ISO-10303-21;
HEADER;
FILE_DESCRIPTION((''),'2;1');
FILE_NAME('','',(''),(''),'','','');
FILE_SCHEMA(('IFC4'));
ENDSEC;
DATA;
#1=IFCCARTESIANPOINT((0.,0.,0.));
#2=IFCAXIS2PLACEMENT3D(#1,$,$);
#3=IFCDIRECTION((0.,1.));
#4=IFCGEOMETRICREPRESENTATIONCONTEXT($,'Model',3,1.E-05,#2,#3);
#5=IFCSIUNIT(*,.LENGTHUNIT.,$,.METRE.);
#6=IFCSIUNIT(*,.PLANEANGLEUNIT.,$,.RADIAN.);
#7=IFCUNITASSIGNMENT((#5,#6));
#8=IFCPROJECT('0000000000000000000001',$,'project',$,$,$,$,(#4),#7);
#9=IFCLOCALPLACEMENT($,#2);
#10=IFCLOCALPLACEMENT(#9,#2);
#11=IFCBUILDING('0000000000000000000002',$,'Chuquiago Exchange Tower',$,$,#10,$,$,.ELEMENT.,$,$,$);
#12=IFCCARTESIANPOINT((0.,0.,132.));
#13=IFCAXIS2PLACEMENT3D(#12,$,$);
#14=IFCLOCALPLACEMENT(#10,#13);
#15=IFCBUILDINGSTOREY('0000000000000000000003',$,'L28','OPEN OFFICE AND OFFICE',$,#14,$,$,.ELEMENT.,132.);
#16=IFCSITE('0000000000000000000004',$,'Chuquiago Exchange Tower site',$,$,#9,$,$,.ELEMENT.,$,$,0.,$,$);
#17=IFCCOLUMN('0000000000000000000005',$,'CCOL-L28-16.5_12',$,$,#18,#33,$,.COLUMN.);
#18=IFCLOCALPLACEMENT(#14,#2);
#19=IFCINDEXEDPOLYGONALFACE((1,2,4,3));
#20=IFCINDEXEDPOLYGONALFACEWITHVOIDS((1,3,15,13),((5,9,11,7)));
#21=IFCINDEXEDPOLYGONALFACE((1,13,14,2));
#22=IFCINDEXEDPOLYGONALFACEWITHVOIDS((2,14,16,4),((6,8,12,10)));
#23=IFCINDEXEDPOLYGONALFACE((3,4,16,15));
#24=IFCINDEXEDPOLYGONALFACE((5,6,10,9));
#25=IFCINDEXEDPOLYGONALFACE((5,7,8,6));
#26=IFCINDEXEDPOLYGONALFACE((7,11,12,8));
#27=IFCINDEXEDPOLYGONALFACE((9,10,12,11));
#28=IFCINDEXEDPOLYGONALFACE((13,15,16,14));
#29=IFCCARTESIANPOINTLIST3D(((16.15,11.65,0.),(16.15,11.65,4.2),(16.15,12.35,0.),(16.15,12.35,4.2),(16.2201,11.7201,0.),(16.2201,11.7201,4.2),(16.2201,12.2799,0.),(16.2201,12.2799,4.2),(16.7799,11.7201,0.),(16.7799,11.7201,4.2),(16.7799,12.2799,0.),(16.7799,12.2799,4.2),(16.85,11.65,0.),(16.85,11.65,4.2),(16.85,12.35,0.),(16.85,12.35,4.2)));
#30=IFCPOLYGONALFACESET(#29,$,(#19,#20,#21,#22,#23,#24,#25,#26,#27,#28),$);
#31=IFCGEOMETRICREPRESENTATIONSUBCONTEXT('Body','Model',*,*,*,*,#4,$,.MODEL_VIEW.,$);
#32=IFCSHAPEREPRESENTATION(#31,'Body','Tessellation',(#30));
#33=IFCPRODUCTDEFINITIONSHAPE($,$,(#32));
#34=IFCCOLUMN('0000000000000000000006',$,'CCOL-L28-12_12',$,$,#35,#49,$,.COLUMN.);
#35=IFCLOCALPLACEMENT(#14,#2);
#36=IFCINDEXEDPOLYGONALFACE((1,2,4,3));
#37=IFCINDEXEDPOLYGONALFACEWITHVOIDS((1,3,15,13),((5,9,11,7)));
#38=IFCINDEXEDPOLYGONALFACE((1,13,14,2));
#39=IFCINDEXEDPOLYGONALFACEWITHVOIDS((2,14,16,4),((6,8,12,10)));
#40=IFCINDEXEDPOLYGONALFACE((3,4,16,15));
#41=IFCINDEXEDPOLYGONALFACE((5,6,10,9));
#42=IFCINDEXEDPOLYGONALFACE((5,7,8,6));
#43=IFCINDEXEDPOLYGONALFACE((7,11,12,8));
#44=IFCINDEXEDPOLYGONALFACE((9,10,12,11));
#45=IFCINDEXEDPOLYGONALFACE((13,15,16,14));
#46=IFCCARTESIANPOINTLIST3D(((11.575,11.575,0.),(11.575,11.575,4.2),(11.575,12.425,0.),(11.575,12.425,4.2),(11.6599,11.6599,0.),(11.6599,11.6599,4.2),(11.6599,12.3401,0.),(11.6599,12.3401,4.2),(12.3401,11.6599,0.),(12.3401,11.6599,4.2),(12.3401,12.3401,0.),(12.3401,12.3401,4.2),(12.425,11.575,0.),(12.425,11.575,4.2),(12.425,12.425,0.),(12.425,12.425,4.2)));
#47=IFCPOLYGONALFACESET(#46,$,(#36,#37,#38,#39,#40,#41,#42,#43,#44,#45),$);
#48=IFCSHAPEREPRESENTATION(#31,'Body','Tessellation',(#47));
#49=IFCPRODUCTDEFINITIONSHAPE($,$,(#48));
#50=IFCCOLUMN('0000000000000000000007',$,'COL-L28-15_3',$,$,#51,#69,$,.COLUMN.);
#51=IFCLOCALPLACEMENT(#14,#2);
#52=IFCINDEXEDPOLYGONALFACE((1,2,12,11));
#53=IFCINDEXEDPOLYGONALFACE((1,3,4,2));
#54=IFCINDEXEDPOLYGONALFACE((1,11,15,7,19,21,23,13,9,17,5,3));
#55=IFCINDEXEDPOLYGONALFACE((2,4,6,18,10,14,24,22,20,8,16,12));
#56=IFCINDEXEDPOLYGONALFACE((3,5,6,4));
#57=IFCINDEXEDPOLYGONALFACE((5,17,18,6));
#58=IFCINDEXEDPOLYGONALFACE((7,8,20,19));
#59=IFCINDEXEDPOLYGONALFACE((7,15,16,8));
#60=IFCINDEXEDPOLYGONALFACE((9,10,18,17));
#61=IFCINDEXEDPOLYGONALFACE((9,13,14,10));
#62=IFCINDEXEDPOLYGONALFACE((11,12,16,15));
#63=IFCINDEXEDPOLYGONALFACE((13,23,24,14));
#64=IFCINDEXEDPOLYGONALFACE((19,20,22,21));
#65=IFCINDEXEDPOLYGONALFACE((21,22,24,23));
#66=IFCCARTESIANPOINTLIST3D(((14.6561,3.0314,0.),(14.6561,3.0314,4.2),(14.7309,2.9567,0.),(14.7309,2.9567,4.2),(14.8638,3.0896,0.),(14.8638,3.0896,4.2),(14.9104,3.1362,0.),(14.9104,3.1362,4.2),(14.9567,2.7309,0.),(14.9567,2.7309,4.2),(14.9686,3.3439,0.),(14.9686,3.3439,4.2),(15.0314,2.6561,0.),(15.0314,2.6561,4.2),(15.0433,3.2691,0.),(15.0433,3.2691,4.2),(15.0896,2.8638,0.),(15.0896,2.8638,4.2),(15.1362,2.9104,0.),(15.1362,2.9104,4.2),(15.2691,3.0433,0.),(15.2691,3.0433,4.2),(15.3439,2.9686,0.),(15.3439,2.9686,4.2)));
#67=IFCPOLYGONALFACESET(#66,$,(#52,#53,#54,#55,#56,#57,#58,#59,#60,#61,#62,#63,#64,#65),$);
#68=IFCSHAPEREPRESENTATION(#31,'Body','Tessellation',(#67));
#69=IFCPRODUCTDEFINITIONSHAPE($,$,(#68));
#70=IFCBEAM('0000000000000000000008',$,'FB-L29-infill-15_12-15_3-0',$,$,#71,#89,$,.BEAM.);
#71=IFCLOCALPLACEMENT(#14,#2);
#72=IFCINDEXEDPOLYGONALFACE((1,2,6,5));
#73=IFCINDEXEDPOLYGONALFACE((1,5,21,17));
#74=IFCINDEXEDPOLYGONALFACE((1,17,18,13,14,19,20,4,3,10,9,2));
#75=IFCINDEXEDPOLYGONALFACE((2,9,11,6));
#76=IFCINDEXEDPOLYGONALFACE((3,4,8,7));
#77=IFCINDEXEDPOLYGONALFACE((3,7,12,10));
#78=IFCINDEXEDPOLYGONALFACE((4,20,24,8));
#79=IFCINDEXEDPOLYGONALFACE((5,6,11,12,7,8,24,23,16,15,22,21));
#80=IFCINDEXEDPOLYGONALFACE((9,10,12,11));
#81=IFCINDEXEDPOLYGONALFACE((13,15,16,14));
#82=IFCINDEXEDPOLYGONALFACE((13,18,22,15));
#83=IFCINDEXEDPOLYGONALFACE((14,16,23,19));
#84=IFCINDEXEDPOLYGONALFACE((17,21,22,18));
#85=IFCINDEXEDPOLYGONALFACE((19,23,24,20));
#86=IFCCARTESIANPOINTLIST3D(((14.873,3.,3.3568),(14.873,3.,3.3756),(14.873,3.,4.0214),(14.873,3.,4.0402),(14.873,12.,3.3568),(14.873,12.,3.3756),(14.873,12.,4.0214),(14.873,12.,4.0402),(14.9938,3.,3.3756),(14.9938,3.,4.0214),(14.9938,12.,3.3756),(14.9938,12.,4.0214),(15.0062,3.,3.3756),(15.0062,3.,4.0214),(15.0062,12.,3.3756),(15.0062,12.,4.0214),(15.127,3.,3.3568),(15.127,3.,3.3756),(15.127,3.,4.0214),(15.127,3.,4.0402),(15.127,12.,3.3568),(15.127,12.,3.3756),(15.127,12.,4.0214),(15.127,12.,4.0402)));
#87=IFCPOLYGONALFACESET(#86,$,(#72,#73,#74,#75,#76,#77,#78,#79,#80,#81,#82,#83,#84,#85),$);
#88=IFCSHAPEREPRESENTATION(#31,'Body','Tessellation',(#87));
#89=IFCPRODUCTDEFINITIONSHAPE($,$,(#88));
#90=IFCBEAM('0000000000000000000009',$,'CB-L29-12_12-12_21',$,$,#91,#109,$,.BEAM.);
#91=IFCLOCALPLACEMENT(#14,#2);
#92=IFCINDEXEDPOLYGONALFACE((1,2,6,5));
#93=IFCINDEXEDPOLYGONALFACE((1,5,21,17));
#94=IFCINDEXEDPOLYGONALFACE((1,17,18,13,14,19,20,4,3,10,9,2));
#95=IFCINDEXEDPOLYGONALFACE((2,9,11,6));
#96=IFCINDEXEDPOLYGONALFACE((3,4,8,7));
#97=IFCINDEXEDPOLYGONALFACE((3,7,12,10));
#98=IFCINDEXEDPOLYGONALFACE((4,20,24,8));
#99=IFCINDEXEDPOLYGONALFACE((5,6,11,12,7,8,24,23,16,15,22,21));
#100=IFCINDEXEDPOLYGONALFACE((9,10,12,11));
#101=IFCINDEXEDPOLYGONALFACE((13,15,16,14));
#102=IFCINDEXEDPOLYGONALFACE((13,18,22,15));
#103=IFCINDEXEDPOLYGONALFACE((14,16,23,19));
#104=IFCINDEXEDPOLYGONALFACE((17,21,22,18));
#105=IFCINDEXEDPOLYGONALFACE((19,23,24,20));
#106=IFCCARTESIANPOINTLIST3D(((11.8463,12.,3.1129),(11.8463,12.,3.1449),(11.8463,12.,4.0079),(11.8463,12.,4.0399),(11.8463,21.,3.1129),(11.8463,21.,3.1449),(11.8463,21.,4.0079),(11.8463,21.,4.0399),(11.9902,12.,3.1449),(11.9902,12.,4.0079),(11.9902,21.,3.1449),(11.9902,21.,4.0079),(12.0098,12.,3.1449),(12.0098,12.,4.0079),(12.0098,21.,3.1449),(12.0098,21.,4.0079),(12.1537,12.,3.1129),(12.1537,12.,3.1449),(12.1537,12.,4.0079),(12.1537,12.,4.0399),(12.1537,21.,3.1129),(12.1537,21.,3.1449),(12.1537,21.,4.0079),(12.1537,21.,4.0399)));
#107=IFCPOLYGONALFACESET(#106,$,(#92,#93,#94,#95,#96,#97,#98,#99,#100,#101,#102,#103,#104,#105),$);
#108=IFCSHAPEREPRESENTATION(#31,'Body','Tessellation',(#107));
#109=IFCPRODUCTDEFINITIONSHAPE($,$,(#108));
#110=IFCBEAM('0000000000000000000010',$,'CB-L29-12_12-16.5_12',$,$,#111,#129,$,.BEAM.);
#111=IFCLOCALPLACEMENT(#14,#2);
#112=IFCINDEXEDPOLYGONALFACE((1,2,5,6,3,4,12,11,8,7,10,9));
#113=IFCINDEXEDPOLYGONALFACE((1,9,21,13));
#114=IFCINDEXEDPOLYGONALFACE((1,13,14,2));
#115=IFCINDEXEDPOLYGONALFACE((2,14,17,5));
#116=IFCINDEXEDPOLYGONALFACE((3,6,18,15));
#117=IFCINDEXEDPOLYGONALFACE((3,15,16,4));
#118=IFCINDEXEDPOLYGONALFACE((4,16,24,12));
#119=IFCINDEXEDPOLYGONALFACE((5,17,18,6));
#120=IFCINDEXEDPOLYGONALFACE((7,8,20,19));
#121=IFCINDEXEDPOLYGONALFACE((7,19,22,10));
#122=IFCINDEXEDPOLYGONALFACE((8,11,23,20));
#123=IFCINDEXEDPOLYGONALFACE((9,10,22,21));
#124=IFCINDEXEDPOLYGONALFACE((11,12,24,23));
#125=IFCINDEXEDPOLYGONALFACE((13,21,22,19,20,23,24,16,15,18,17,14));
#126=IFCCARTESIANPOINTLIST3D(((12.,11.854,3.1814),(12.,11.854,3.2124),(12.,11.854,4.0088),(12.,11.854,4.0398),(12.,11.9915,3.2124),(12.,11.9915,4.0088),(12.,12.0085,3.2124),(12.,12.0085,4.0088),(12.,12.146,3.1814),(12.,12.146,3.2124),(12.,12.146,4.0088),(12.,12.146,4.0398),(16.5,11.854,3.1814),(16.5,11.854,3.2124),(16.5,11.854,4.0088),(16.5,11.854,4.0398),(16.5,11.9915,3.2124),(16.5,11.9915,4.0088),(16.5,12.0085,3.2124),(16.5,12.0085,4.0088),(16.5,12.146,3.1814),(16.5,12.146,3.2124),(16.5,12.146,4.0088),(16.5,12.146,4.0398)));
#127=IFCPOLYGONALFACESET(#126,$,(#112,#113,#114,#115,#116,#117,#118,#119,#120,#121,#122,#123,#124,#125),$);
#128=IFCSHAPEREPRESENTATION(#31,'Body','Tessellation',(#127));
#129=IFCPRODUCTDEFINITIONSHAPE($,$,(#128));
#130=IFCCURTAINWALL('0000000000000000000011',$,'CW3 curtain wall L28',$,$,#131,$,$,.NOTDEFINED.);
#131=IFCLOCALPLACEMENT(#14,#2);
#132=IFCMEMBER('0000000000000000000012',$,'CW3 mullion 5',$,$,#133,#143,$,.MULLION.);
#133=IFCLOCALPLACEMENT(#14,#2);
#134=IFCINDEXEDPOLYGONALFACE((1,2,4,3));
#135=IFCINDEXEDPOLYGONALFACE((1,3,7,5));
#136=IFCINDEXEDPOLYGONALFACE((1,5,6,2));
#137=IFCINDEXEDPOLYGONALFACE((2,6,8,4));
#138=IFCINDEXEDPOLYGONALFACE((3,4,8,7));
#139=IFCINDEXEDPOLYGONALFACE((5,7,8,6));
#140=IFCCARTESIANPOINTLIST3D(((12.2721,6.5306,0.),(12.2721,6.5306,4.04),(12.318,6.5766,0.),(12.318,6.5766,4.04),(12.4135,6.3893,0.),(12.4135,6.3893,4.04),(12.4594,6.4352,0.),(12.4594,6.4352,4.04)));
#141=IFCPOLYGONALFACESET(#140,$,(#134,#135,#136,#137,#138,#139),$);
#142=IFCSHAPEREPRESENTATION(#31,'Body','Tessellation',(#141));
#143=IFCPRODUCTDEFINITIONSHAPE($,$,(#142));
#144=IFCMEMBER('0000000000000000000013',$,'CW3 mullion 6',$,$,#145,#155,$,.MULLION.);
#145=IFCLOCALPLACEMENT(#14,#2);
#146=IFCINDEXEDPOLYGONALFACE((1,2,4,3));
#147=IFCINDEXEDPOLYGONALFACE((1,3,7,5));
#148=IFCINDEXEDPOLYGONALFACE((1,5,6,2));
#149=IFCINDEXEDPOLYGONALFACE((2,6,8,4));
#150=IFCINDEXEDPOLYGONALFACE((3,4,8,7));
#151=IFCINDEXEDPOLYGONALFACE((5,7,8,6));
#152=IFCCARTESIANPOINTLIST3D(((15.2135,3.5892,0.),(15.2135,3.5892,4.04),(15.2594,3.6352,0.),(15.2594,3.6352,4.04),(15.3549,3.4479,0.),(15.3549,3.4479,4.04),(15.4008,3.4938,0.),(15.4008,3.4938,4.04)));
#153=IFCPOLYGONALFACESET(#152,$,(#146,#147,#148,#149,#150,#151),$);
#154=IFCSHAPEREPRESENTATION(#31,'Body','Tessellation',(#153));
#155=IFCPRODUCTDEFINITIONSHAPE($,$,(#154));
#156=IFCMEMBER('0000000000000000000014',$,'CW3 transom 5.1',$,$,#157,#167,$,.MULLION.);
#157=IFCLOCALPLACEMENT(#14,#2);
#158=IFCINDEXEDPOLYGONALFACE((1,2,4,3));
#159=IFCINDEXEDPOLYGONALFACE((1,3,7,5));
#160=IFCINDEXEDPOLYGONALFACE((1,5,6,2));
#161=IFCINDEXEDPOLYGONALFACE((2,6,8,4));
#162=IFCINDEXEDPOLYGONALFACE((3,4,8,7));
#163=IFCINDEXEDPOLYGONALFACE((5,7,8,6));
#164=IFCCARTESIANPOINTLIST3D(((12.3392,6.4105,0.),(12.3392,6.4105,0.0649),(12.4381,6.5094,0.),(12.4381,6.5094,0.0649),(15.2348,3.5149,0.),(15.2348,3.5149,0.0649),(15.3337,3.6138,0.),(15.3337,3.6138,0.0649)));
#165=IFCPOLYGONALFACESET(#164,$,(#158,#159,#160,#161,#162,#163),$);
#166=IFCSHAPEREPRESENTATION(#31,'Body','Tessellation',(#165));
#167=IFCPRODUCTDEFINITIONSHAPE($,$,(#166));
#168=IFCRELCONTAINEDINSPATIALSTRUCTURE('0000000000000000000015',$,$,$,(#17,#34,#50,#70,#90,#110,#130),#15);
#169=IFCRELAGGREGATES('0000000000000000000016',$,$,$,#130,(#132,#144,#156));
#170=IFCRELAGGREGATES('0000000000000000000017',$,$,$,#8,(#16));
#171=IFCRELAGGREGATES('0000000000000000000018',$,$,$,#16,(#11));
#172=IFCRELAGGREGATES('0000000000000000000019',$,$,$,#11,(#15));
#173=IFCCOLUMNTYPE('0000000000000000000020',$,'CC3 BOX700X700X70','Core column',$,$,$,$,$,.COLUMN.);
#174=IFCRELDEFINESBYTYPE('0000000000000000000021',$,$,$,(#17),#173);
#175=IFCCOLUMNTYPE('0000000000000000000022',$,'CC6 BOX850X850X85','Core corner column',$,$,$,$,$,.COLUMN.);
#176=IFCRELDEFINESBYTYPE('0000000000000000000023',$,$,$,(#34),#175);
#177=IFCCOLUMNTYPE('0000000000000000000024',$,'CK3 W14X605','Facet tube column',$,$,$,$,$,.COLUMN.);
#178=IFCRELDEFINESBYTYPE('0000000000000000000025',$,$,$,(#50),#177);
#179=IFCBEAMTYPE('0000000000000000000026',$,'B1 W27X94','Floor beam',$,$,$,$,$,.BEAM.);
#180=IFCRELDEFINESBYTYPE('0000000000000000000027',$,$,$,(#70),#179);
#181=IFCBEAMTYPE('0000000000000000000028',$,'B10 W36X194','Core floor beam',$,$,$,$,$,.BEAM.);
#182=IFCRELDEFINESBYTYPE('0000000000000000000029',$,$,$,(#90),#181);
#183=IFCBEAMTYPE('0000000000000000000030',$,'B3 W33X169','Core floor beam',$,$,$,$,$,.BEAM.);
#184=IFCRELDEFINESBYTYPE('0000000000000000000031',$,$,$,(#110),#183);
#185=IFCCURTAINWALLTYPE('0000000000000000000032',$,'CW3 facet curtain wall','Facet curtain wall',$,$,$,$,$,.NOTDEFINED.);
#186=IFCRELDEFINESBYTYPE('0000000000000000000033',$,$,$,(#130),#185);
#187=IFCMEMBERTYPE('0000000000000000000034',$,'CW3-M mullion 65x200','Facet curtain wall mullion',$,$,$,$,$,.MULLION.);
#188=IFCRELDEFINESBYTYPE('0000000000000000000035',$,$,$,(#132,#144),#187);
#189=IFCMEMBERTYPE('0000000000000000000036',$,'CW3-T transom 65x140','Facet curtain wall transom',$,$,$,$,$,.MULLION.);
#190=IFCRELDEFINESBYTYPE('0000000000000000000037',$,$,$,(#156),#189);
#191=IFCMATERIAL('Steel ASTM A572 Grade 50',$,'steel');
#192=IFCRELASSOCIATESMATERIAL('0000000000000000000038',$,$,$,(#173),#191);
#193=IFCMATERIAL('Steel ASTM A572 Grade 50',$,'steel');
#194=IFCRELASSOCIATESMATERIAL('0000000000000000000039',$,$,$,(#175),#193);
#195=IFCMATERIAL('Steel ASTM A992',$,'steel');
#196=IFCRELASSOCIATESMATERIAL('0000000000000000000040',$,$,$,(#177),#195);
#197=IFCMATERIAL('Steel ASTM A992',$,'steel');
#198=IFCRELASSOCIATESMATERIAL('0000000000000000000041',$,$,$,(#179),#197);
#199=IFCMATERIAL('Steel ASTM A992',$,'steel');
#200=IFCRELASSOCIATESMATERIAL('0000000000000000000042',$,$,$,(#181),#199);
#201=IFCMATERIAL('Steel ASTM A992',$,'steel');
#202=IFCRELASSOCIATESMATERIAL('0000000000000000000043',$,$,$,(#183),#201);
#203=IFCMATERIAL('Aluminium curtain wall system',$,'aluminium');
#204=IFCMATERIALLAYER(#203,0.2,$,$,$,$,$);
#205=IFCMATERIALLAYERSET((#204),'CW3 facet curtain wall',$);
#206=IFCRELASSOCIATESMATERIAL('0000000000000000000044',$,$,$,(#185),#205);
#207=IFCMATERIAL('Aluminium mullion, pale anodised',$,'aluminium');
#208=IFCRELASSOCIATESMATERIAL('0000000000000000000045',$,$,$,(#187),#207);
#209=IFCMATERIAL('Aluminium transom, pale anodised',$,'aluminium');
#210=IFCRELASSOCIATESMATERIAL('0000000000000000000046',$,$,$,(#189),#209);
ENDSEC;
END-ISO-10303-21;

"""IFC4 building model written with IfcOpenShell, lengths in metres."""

from ifc_helpers import new_model, si_unit, direction, frame, origin, origin_2d, place, context, subcontext, project, spatial, rectangle, hollow_rectangle, i_section, extrude, material, layer, layer_set, material_profile, profile_set, type_object, element, aggregate, save


model = new_model("IFC4")

# Units and contexts
model_context = context("Model", 3, precision=1e-05, world=origin(), true_north=direction((0.0, 1.0)))
body_context = subcontext(model_context, "Body", "Model", "MODEL_VIEW")
ifc_project = project(units=[si_unit("LENGTHUNIT", "METRE"), si_unit("PLANEANGLEUNIT", "RADIAN")], contexts=[model_context])

# Site, building, storey
site_placement = place(None, origin())
site = spatial("IfcSite", under=ifc_project, at=site_placement, Name="Chuquiago Exchange Tower site", CompositionType="ELEMENT", RefElevation=0.0)
building_placement = place(site_placement, origin())
building = spatial("IfcBuilding", under=site, at=building_placement, Name="Chuquiago Exchange Tower", CompositionType="ELEMENT")
storey_placement = place(building_placement, frame((0.0, 0.0, 132.0)))
storey = spatial("IfcBuildingStorey", under=building, at=storey_placement, Name="L28", Description="OPEN OFFICE AND OFFICE", CompositionType="ELEMENT", Elevation=132.0)

# Columns
ifc_material_1 = material(Name="Steel ASTM A572 Grade 50", Category="steel")
ifc_material_profile_1 = material_profile(ifc_material_1, hollow_rectangle(XDim=0.7, YDim=0.7, WallThickness=0.0701, at=origin_2d()), Name="BOX700X700X70")
ifc_profile_set_1 = profile_set([ifc_material_profile_1], Name="Steel ASTM A572 Grade 50")
column_type_1 = type_object("IfcColumnType", Name="CC3 BOX700X700X70", Description="Core column", PredefinedType="COLUMN", material=ifc_profile_set_1)
column_1_placement = place(storey_placement, frame((16.5, 12.0, 0.0), z_axis=(0.0, 0.0, 1.0), x_axis=(1.0, 0.0, 0.0)))
element("IfcColumn", 1, at=column_1_placement, inside=storey, type_object=column_type_1, Name="CCOL-L28-16.5_12", PredefinedType="COLUMN", context=body_context, shape_type="SweptSolid", body=[
    extrude(hollow_rectangle(XDim=0.7, YDim=0.7, WallThickness=0.0701, at=origin_2d()), origin(), (0.0, 0.0, 1.0), 4.2),
])
ifc_material_2 = material(Name="Steel ASTM A572 Grade 50", Category="steel")
ifc_material_profile_2 = material_profile(ifc_material_2, hollow_rectangle(XDim=0.8501, YDim=0.8501, WallThickness=0.085, at=origin_2d()), Name="BOX850X850X85")
ifc_profile_set_2 = profile_set([ifc_material_profile_2], Name="Steel ASTM A572 Grade 50")
column_type_2 = type_object("IfcColumnType", Name="CC6 BOX850X850X85", Description="Core corner column", PredefinedType="COLUMN", material=ifc_profile_set_2)
column_2_placement = place(storey_placement, frame((12.0, 12.0, 0.0), z_axis=(0.0, 0.0, 1.0), x_axis=(1.0, 0.0, 0.0)))
element("IfcColumn", 2, at=column_2_placement, inside=storey, type_object=column_type_2, Name="CCOL-L28-12_12", PredefinedType="COLUMN", context=body_context, shape_type="SweptSolid", body=[
    extrude(hollow_rectangle(XDim=0.8501, YDim=0.8501, WallThickness=0.085, at=origin_2d()), origin(), (0.0, 0.0, 1.0), 4.2),
])
ifc_material_3 = material(Name="Steel ASTM A992", Category="steel")
ifc_material_profile_3 = material_profile(ifc_material_3, i_section(OverallWidth=0.4419, OverallDepth=0.5308, WebThickness=0.0659, FlangeThickness=0.1057, at=origin_2d()), Name="W14X605")
ifc_profile_set_3 = profile_set([ifc_material_profile_3], Name="Steel ASTM A992")
column_type_3 = type_object("IfcColumnType", Name="CK3 W14X605", Description="Facet tube column", PredefinedType="COLUMN", material=ifc_profile_set_3)
column_3_placement = place(storey_placement, frame((15.0, 3.0, 0.0), z_axis=(0.0, 0.0, 1.0), x_axis=(-0.707107, -0.707107, 0.0)))
element("IfcColumn", 3, at=column_3_placement, inside=storey, type_object=column_type_3, Name="COL-L28-15_3", PredefinedType="COLUMN", context=body_context, shape_type="SweptSolid", body=[
    extrude(i_section(OverallWidth=0.4419, OverallDepth=0.5308, WebThickness=0.0659, FlangeThickness=0.1057, at=origin_2d()), origin(), (0.0, 0.0, 1.0), 4.2),
])

# Beams
ifc_material_4 = material(Name="Steel ASTM A992", Category="steel")
ifc_material_profile_4 = material_profile(ifc_material_4, i_section(OverallWidth=0.2539, OverallDepth=0.6833, WebThickness=0.0125, FlangeThickness=0.0188, at=origin_2d()), Name="W27X94")
ifc_profile_set_4 = profile_set([ifc_material_profile_4], Name="Steel ASTM A992")
beam_type_1 = type_object("IfcBeamType", Name="B1 W27X94", Description="Floor beam", PredefinedType="BEAM", material=ifc_profile_set_4)
beam_1_placement = place(storey_placement, frame((15.0, 12.0, 3.6985), z_axis=(0.0, -1.0, 0.0), x_axis=(1.0, 0.0, 0.0)))
element("IfcBeam", 4, at=beam_1_placement, inside=storey, type_object=beam_type_1, Name="FB-L29-infill-15_12-15_3-0", PredefinedType="BEAM", context=body_context, shape_type="SweptSolid", body=[
    extrude(i_section(OverallWidth=0.2539, OverallDepth=0.6833, WebThickness=0.0125, FlangeThickness=0.0188, at=origin_2d()), origin(), (0.0, 0.0, 1.0), 9.0),
])
ifc_material_5 = material(Name="Steel ASTM A992", Category="steel")
ifc_material_profile_5 = material_profile(ifc_material_5, i_section(OverallWidth=0.3074, OverallDepth=0.927, WebThickness=0.0195, FlangeThickness=0.032, at=origin_2d()), Name="W36X194")
ifc_profile_set_5 = profile_set([ifc_material_profile_5], Name="Steel ASTM A992")
beam_type_2 = type_object("IfcBeamType", Name="B10 W36X194", Description="Core floor beam", PredefinedType="BEAM", material=ifc_profile_set_5)
beam_2_placement = place(storey_placement, frame((12.0, 12.0, 3.5764), z_axis=(0.0, 1.0, 0.0), x_axis=(-1.0, 0.0, 0.0)))
element("IfcBeam", 5, at=beam_2_placement, inside=storey, type_object=beam_type_2, Name="CB-L29-12_12-12_21", PredefinedType="BEAM", context=body_context, shape_type="SweptSolid", body=[
    extrude(i_section(OverallWidth=0.3074, OverallDepth=0.927, WebThickness=0.0195, FlangeThickness=0.032, at=origin_2d()), origin(), (0.0, 0.0, 1.0), 9.0),
])
ifc_material_6 = material(Name="Steel ASTM A992", Category="steel")
ifc_material_profile_6 = material_profile(ifc_material_6, i_section(OverallWidth=0.292, OverallDepth=0.8584, WebThickness=0.0171, FlangeThickness=0.031, at=origin_2d()), Name="W33X169")
ifc_profile_set_6 = profile_set([ifc_material_profile_6], Name="Steel ASTM A992")
beam_type_3 = type_object("IfcBeamType", Name="B3 W33X169", Description="Core floor beam", PredefinedType="BEAM", material=ifc_profile_set_6)
beam_3_placement = place(storey_placement, frame((12.0, 12.0, 3.6106), z_axis=(1.0, 0.0, 0.0), x_axis=(0.0, 1.0, 0.0)))
element("IfcBeam", 6, at=beam_3_placement, inside=storey, type_object=beam_type_3, Name="CB-L29-12_12-16.5_12", PredefinedType="BEAM", context=body_context, shape_type="SweptSolid", body=[
    extrude(i_section(OverallWidth=0.292, OverallDepth=0.8584, WebThickness=0.0171, FlangeThickness=0.031, at=origin_2d()), origin(), (0.0, 0.0, 1.0), 4.5),
])

# Curtain wall, members
ifc_material_7 = material(Name="Aluminium curtain wall system", Category="aluminium")
ifc_layer_1 = layer(ifc_material_7, 0.2)
ifc_layer_set_1 = layer_set([ifc_layer_1], Name="CW3 facet curtain wall")
curtain_wall_type = type_object("IfcCurtainWallType", Name="CW3 facet curtain wall", Description="Facet curtain wall", PredefinedType="NOTDEFINED", material=ifc_layer_set_1)
curtain_wall_placement = place(storey_placement, origin())
curtain_wall = element("IfcCurtainWall", 7, at=curtain_wall_placement, inside=storey, type_object=curtain_wall_type, Name="CW3 curtain wall L28", PredefinedType="NOTDEFINED")
ifc_material_8 = material(Name="Aluminium mullion, pale anodised", Category="aluminium")
ifc_material_profile_7 = material_profile(ifc_material_8, rectangle(XDim=0.0649, YDim=0.2, at=origin_2d()), Name="AL 65x200")
ifc_profile_set_7 = profile_set([ifc_material_profile_7], Name="Aluminium mullion, pale anodised")
member_type_1 = type_object("IfcMemberType", Name="CW3-M mullion 65x200", Description="Facet curtain wall mullion", PredefinedType="MULLION", material=ifc_profile_set_7)
member_1_placement = place(storey_placement, frame((12.3657, 6.4829, 0.0), z_axis=(0.0, 0.0, 1.0), x_axis=(0.707107, 0.707107, 0.0)))
member_1 = element("IfcMember", 8, at=member_1_placement, type_object=member_type_1, Name="CW3 mullion 5", PredefinedType="MULLION", context=body_context, shape_type="SweptSolid", body=[
    extrude(rectangle(XDim=0.0649, YDim=0.2, at=origin_2d()), origin(), (0.0, 0.0, 1.0), 4.04),
])
member_2_placement = place(storey_placement, frame((15.3071, 3.5415, 0.0), z_axis=(0.0, 0.0, 1.0), x_axis=(0.707107, 0.707107, 0.0)))
member_2 = element("IfcMember", 9, at=member_2_placement, type_object=member_type_1, Name="CW3 mullion 6", PredefinedType="MULLION", context=body_context, shape_type="SweptSolid", body=[
    extrude(rectangle(XDim=0.0649, YDim=0.2, at=origin_2d()), origin(), (0.0, 0.0, 1.0), 4.04),
])
ifc_material_9 = material(Name="Aluminium transom, pale anodised", Category="aluminium")
ifc_material_profile_8 = material_profile(ifc_material_9, rectangle(XDim=0.1399, YDim=0.0649, at=origin_2d()), Name="AL 140x65")
ifc_profile_set_8 = profile_set([ifc_material_profile_8], Name="Aluminium transom, pale anodised")
member_type_2 = type_object("IfcMemberType", Name="CW3-T transom 65x140", Description="Facet curtain wall transom", PredefinedType="MULLION", material=ifc_profile_set_8)
member_3_placement = place(storey_placement, frame((12.3887, 6.46, 0.0325), z_axis=(0.707107, -0.707107, 0.0), x_axis=(0.707107, 0.707107, 0.0)))
member_3 = element("IfcMember", 10, at=member_3_placement, type_object=member_type_2, Name="CW3 transom 5.1", PredefinedType="MULLION", context=body_context, shape_type="SweptSolid", body=[
    extrude(rectangle(XDim=0.1399, YDim=0.0649, at=origin_2d()), origin(), (0.0, 0.0, 1.0), 4.095),
])

aggregate(curtain_wall, [member_1, member_2, member_3])

save(model, "model.ifc")
